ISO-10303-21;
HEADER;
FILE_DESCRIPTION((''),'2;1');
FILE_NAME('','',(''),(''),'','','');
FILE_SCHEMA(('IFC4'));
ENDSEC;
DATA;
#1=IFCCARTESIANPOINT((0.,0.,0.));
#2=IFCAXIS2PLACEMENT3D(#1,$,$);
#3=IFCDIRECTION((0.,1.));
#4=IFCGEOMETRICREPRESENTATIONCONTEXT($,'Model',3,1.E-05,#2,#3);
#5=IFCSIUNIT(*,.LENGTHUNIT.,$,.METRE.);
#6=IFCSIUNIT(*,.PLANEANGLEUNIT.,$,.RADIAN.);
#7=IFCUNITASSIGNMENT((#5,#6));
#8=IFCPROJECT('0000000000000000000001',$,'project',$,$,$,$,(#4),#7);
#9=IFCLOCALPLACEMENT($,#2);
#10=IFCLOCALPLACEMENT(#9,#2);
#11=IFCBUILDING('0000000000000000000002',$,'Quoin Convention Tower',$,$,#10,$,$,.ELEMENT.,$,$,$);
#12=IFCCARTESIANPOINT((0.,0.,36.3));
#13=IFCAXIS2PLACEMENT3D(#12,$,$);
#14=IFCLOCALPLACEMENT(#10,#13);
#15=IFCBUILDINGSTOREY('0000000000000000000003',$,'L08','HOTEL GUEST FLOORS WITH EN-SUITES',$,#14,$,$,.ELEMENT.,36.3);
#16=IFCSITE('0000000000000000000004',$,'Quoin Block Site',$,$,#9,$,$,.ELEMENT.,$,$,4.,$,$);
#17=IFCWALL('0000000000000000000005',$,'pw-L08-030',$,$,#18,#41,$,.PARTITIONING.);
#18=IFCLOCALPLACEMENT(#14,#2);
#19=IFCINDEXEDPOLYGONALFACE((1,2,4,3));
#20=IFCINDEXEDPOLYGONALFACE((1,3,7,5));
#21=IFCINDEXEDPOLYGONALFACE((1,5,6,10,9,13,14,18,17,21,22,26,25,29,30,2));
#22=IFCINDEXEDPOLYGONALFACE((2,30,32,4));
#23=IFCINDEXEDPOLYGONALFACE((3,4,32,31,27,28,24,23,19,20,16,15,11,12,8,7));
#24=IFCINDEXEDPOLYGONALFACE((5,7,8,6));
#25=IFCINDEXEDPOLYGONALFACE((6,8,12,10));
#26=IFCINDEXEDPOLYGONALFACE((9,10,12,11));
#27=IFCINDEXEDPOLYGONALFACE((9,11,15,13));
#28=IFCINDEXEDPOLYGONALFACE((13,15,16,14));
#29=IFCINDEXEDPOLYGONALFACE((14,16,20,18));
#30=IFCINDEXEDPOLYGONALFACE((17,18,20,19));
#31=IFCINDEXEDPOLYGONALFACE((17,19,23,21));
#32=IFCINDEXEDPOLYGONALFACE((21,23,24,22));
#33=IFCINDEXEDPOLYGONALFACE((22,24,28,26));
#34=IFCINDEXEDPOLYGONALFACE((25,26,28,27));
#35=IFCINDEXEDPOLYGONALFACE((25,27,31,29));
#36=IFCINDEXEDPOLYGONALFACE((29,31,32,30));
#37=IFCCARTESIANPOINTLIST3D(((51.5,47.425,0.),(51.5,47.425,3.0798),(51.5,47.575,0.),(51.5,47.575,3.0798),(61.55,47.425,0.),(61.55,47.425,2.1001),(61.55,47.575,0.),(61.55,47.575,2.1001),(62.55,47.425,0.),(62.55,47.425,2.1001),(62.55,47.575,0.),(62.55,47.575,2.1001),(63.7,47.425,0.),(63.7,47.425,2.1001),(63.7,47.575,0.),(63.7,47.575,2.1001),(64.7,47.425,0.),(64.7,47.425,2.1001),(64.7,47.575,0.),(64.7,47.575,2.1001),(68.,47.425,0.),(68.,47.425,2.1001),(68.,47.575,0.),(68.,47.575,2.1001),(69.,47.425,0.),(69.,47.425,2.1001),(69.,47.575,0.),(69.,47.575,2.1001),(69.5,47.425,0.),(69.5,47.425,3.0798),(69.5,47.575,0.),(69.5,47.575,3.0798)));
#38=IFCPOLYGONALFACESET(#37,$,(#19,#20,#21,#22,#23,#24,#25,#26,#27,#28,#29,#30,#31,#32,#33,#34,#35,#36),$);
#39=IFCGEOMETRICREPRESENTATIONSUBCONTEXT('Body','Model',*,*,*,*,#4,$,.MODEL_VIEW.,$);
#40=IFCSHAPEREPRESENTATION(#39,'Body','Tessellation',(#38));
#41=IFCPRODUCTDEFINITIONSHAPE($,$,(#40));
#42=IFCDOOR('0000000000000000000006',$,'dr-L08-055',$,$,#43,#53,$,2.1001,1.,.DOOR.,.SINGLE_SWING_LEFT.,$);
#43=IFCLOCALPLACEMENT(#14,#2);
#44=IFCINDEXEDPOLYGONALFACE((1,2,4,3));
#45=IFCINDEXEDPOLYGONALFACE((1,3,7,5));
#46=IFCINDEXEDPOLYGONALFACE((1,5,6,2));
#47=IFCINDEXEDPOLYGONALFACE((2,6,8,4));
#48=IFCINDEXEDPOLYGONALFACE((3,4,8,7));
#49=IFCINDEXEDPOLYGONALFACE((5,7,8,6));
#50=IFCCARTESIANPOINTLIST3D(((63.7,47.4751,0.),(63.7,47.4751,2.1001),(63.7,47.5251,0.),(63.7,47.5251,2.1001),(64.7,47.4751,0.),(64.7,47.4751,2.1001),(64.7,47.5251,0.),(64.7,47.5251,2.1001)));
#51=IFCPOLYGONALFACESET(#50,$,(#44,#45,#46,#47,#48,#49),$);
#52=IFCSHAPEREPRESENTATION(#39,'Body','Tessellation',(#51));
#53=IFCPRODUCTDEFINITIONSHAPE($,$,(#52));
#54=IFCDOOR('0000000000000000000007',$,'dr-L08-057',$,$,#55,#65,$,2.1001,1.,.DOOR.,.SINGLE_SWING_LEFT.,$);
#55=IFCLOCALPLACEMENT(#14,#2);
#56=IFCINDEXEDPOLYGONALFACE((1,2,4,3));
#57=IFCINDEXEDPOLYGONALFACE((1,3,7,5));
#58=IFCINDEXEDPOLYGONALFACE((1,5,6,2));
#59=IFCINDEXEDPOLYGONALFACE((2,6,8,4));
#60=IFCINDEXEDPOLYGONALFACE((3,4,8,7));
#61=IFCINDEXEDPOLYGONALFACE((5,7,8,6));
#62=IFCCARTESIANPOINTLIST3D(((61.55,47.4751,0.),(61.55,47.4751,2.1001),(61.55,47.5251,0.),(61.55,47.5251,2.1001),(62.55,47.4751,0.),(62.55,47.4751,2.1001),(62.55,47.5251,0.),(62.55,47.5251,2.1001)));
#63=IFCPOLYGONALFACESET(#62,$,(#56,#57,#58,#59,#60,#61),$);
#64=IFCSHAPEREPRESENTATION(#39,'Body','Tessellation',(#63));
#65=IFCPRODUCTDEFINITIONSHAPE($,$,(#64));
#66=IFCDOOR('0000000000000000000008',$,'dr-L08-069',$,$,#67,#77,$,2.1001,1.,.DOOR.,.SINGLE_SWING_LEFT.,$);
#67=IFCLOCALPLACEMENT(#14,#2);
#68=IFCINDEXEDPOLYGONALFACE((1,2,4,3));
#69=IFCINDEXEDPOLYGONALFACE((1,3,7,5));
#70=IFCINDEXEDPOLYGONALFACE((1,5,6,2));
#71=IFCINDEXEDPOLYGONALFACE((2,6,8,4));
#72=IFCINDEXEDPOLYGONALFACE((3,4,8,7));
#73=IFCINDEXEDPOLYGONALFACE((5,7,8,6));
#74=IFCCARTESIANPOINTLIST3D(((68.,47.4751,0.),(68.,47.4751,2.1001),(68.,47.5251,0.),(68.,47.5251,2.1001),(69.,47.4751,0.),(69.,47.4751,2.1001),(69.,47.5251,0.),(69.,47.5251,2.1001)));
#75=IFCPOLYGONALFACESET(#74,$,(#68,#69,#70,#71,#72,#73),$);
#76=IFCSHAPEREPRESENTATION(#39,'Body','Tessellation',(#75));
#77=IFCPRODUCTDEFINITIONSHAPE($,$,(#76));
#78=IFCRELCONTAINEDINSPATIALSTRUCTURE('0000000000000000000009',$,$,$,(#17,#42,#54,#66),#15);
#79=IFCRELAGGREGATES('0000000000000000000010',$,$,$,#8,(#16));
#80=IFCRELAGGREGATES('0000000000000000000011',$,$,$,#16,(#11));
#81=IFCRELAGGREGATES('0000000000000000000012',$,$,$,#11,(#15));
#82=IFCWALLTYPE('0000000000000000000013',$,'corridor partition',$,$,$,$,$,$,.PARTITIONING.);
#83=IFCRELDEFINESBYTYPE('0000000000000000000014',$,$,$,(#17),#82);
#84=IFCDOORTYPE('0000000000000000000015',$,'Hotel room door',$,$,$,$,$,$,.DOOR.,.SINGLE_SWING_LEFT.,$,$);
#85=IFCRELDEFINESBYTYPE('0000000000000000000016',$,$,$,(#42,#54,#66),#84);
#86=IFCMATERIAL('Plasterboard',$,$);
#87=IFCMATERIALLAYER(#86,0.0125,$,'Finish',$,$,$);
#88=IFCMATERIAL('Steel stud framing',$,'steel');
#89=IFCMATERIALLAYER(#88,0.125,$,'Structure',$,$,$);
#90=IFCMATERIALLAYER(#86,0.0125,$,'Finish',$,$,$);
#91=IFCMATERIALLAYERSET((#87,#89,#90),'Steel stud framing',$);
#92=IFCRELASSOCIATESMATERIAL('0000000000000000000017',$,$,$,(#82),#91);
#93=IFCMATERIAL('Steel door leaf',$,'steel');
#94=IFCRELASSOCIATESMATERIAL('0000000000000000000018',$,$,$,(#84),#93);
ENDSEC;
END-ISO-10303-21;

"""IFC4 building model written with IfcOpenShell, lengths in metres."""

from ifc_helpers import new_model, si_unit, direction, frame, frame_2d, origin, place, context, subcontext, project, spatial, rectangle, extrude, material, layer, layer_set, type_object, element, fill, save


model = new_model("IFC4")

# Units and contexts
model_context = context("Model", 3, precision=1e-05, world=origin(), true_north=direction((0.0, 1.0)))
body_context = subcontext(model_context, "Body", "Model", "MODEL_VIEW")
ifc_project = project(units=[si_unit("LENGTHUNIT", "METRE"), si_unit("PLANEANGLEUNIT", "RADIAN")], contexts=[model_context])

# Site, building, storey
site_placement = place(None, origin())
site = spatial("IfcSite", under=ifc_project, at=site_placement, Name="Quoin Block Site", CompositionType="ELEMENT", RefElevation=4.0)
building_placement = place(site_placement, origin())
building = spatial("IfcBuilding", under=site, at=building_placement, Name="Quoin Convention Tower", CompositionType="ELEMENT")
storey_placement = place(building_placement, frame((0.0, 0.0, 36.3)))
storey = spatial("IfcBuildingStorey", under=building, at=storey_placement, Name="L08", Description="HOTEL GUEST FLOORS WITH EN-SUITES", CompositionType="ELEMENT", Elevation=36.3)

# Shared definitions
ifc_material_1 = material(Name="Plasterboard")
ifc_material_2 = material(Name="Steel stud framing", Category="steel")
ifc_material_3 = material(Name="Steel door leaf", Category="steel")

# Wall, openings, doors
ifc_layer_1 = layer(ifc_material_1, 0.0125, Name="Finish")
ifc_layer_2 = layer(ifc_material_2, 0.125, Name="Structure")
ifc_layer_3 = layer(ifc_material_1, 0.0125, Name="Finish")
ifc_layer_set_1 = layer_set([ifc_layer_1, ifc_layer_2, ifc_layer_3], Name="Steel stud framing")
wall_type_1 = type_object("IfcWallType", Name="corridor partition", PredefinedType="PARTITIONING", material=ifc_layer_set_1)
wall_1_placement = place(storey_placement, frame((51.5, 47.5, 0.0), z_axis=(0.0, 0.0, 1.0), x_axis=(1.0, 0.0, 0.0)))
wall_1 = element("IfcWall", 1, at=wall_1_placement, inside=storey, type_object=wall_type_1, Name="pw-L08-030", PredefinedType="PARTITIONING", context=body_context, shape_type="SweptSolid", body=[
    extrude(rectangle(XDim=18.0, YDim=0.1499, at=frame_2d((9.0, 0.0))), origin(), (0.0, 0.0, 1.0), 3.0798),
])
opening_1_placement = place(wall_1_placement, frame((12.2, 0.0, 0.0)))
opening_1 = element("IfcOpeningElement", 2, at=opening_1_placement, cuts=wall_1, PredefinedType="OPENING", context=body_context, shape_type="SweptSolid", body=[
    extrude(rectangle(XDim=1.0, YDim=2.1001, at=frame_2d((0.5, 1.05))), frame((0.0, 0.085, 0.0), z_axis=(0.0, -1.0, 0.0), x_axis=(1.0, 0.0, 0.0)), (0.0, 0.0, 1.0), 0.1699),
])
opening_2_placement = place(wall_1_placement, frame((10.05, 0.0, 0.0)))
opening_2 = element("IfcOpeningElement", 3, at=opening_2_placement, cuts=wall_1, PredefinedType="OPENING", context=body_context, shape_type="SweptSolid", body=[
    extrude(rectangle(XDim=1.0, YDim=2.1001, at=frame_2d((0.5, 1.05))), frame((0.0, 0.085, 0.0), z_axis=(0.0, -1.0, 0.0), x_axis=(1.0, 0.0, 0.0)), (0.0, 0.0, 1.0), 0.1699),
])
opening_3_placement = place(wall_1_placement, frame((16.5, 0.0, 0.0)))
opening_3 = element("IfcOpeningElement", 4, at=opening_3_placement, cuts=wall_1, PredefinedType="OPENING", context=body_context, shape_type="SweptSolid", body=[
    extrude(rectangle(XDim=1.0, YDim=2.1001, at=frame_2d((0.5, 1.05))), frame((0.0, 0.085, 0.0), z_axis=(0.0, -1.0, 0.0), x_axis=(1.0, 0.0, 0.0)), (0.0, 0.0, 1.0), 0.1699),
])
door_type_1 = type_object("IfcDoorType", Name="Hotel room door", OperationType="SINGLE_SWING_LEFT", PredefinedType="DOOR", material=ifc_material_3)
door_1_placement = place(opening_1_placement, frame((1.0, 0.0, 0.0), z_axis=(0.0, 0.0, 1.0), x_axis=(-1.0, 0.0, 0.0)))
door_1 = element("IfcDoor", 5, at=door_1_placement, inside=storey, type_object=door_type_1, Name="dr-L08-055", OperationType="SINGLE_SWING_LEFT", OverallHeight=2.1001, OverallWidth=1.0, PredefinedType="DOOR", context=body_context, shape_type="SweptSolid", body=[
    extrude(rectangle(XDim=1.0, YDim=2.1001, at=frame_2d((0.5, 1.05))), frame((0.0, 0.0249, 0.0), z_axis=(0.0, -1.0, 0.0), x_axis=(1.0, 0.0, 0.0)), (0.0, 0.0, 1.0), 0.05),
])
fill(opening_1, door_1)
door_2_placement = place(opening_2_placement, frame((1.0, 0.0, 0.0), z_axis=(0.0, 0.0, 1.0), x_axis=(-1.0, 0.0, 0.0)))
door_2 = element("IfcDoor", 6, at=door_2_placement, inside=storey, type_object=door_type_1, Name="dr-L08-057", OperationType="SINGLE_SWING_LEFT", OverallHeight=2.1001, OverallWidth=1.0, PredefinedType="DOOR", context=body_context, shape_type="SweptSolid", body=[
    extrude(rectangle(XDim=1.0, YDim=2.1001, at=frame_2d((0.5, 1.05))), frame((0.0, 0.0249, 0.0), z_axis=(0.0, -1.0, 0.0), x_axis=(1.0, 0.0, 0.0)), (0.0, 0.0, 1.0), 0.05),
])
fill(opening_2, door_2)
door_3_placement = place(opening_3_placement, frame((1.0, 0.0, 0.0), z_axis=(0.0, 0.0, 1.0), x_axis=(-1.0, 0.0, 0.0)))
door_3 = element("IfcDoor", 7, at=door_3_placement, inside=storey, type_object=door_type_1, Name="dr-L08-069", OperationType="SINGLE_SWING_LEFT", OverallHeight=2.1001, OverallWidth=1.0, PredefinedType="DOOR", context=body_context, shape_type="SweptSolid", body=[
    extrude(rectangle(XDim=1.0, YDim=2.1001, at=frame_2d((0.5, 1.05))), frame((0.0, 0.0249, 0.0), z_axis=(0.0, -1.0, 0.0), x_axis=(1.0, 0.0, 0.0)), (0.0, 0.0, 1.0), 0.05),
])
fill(opening_3, door_3)

save(model, "model.ifc")
